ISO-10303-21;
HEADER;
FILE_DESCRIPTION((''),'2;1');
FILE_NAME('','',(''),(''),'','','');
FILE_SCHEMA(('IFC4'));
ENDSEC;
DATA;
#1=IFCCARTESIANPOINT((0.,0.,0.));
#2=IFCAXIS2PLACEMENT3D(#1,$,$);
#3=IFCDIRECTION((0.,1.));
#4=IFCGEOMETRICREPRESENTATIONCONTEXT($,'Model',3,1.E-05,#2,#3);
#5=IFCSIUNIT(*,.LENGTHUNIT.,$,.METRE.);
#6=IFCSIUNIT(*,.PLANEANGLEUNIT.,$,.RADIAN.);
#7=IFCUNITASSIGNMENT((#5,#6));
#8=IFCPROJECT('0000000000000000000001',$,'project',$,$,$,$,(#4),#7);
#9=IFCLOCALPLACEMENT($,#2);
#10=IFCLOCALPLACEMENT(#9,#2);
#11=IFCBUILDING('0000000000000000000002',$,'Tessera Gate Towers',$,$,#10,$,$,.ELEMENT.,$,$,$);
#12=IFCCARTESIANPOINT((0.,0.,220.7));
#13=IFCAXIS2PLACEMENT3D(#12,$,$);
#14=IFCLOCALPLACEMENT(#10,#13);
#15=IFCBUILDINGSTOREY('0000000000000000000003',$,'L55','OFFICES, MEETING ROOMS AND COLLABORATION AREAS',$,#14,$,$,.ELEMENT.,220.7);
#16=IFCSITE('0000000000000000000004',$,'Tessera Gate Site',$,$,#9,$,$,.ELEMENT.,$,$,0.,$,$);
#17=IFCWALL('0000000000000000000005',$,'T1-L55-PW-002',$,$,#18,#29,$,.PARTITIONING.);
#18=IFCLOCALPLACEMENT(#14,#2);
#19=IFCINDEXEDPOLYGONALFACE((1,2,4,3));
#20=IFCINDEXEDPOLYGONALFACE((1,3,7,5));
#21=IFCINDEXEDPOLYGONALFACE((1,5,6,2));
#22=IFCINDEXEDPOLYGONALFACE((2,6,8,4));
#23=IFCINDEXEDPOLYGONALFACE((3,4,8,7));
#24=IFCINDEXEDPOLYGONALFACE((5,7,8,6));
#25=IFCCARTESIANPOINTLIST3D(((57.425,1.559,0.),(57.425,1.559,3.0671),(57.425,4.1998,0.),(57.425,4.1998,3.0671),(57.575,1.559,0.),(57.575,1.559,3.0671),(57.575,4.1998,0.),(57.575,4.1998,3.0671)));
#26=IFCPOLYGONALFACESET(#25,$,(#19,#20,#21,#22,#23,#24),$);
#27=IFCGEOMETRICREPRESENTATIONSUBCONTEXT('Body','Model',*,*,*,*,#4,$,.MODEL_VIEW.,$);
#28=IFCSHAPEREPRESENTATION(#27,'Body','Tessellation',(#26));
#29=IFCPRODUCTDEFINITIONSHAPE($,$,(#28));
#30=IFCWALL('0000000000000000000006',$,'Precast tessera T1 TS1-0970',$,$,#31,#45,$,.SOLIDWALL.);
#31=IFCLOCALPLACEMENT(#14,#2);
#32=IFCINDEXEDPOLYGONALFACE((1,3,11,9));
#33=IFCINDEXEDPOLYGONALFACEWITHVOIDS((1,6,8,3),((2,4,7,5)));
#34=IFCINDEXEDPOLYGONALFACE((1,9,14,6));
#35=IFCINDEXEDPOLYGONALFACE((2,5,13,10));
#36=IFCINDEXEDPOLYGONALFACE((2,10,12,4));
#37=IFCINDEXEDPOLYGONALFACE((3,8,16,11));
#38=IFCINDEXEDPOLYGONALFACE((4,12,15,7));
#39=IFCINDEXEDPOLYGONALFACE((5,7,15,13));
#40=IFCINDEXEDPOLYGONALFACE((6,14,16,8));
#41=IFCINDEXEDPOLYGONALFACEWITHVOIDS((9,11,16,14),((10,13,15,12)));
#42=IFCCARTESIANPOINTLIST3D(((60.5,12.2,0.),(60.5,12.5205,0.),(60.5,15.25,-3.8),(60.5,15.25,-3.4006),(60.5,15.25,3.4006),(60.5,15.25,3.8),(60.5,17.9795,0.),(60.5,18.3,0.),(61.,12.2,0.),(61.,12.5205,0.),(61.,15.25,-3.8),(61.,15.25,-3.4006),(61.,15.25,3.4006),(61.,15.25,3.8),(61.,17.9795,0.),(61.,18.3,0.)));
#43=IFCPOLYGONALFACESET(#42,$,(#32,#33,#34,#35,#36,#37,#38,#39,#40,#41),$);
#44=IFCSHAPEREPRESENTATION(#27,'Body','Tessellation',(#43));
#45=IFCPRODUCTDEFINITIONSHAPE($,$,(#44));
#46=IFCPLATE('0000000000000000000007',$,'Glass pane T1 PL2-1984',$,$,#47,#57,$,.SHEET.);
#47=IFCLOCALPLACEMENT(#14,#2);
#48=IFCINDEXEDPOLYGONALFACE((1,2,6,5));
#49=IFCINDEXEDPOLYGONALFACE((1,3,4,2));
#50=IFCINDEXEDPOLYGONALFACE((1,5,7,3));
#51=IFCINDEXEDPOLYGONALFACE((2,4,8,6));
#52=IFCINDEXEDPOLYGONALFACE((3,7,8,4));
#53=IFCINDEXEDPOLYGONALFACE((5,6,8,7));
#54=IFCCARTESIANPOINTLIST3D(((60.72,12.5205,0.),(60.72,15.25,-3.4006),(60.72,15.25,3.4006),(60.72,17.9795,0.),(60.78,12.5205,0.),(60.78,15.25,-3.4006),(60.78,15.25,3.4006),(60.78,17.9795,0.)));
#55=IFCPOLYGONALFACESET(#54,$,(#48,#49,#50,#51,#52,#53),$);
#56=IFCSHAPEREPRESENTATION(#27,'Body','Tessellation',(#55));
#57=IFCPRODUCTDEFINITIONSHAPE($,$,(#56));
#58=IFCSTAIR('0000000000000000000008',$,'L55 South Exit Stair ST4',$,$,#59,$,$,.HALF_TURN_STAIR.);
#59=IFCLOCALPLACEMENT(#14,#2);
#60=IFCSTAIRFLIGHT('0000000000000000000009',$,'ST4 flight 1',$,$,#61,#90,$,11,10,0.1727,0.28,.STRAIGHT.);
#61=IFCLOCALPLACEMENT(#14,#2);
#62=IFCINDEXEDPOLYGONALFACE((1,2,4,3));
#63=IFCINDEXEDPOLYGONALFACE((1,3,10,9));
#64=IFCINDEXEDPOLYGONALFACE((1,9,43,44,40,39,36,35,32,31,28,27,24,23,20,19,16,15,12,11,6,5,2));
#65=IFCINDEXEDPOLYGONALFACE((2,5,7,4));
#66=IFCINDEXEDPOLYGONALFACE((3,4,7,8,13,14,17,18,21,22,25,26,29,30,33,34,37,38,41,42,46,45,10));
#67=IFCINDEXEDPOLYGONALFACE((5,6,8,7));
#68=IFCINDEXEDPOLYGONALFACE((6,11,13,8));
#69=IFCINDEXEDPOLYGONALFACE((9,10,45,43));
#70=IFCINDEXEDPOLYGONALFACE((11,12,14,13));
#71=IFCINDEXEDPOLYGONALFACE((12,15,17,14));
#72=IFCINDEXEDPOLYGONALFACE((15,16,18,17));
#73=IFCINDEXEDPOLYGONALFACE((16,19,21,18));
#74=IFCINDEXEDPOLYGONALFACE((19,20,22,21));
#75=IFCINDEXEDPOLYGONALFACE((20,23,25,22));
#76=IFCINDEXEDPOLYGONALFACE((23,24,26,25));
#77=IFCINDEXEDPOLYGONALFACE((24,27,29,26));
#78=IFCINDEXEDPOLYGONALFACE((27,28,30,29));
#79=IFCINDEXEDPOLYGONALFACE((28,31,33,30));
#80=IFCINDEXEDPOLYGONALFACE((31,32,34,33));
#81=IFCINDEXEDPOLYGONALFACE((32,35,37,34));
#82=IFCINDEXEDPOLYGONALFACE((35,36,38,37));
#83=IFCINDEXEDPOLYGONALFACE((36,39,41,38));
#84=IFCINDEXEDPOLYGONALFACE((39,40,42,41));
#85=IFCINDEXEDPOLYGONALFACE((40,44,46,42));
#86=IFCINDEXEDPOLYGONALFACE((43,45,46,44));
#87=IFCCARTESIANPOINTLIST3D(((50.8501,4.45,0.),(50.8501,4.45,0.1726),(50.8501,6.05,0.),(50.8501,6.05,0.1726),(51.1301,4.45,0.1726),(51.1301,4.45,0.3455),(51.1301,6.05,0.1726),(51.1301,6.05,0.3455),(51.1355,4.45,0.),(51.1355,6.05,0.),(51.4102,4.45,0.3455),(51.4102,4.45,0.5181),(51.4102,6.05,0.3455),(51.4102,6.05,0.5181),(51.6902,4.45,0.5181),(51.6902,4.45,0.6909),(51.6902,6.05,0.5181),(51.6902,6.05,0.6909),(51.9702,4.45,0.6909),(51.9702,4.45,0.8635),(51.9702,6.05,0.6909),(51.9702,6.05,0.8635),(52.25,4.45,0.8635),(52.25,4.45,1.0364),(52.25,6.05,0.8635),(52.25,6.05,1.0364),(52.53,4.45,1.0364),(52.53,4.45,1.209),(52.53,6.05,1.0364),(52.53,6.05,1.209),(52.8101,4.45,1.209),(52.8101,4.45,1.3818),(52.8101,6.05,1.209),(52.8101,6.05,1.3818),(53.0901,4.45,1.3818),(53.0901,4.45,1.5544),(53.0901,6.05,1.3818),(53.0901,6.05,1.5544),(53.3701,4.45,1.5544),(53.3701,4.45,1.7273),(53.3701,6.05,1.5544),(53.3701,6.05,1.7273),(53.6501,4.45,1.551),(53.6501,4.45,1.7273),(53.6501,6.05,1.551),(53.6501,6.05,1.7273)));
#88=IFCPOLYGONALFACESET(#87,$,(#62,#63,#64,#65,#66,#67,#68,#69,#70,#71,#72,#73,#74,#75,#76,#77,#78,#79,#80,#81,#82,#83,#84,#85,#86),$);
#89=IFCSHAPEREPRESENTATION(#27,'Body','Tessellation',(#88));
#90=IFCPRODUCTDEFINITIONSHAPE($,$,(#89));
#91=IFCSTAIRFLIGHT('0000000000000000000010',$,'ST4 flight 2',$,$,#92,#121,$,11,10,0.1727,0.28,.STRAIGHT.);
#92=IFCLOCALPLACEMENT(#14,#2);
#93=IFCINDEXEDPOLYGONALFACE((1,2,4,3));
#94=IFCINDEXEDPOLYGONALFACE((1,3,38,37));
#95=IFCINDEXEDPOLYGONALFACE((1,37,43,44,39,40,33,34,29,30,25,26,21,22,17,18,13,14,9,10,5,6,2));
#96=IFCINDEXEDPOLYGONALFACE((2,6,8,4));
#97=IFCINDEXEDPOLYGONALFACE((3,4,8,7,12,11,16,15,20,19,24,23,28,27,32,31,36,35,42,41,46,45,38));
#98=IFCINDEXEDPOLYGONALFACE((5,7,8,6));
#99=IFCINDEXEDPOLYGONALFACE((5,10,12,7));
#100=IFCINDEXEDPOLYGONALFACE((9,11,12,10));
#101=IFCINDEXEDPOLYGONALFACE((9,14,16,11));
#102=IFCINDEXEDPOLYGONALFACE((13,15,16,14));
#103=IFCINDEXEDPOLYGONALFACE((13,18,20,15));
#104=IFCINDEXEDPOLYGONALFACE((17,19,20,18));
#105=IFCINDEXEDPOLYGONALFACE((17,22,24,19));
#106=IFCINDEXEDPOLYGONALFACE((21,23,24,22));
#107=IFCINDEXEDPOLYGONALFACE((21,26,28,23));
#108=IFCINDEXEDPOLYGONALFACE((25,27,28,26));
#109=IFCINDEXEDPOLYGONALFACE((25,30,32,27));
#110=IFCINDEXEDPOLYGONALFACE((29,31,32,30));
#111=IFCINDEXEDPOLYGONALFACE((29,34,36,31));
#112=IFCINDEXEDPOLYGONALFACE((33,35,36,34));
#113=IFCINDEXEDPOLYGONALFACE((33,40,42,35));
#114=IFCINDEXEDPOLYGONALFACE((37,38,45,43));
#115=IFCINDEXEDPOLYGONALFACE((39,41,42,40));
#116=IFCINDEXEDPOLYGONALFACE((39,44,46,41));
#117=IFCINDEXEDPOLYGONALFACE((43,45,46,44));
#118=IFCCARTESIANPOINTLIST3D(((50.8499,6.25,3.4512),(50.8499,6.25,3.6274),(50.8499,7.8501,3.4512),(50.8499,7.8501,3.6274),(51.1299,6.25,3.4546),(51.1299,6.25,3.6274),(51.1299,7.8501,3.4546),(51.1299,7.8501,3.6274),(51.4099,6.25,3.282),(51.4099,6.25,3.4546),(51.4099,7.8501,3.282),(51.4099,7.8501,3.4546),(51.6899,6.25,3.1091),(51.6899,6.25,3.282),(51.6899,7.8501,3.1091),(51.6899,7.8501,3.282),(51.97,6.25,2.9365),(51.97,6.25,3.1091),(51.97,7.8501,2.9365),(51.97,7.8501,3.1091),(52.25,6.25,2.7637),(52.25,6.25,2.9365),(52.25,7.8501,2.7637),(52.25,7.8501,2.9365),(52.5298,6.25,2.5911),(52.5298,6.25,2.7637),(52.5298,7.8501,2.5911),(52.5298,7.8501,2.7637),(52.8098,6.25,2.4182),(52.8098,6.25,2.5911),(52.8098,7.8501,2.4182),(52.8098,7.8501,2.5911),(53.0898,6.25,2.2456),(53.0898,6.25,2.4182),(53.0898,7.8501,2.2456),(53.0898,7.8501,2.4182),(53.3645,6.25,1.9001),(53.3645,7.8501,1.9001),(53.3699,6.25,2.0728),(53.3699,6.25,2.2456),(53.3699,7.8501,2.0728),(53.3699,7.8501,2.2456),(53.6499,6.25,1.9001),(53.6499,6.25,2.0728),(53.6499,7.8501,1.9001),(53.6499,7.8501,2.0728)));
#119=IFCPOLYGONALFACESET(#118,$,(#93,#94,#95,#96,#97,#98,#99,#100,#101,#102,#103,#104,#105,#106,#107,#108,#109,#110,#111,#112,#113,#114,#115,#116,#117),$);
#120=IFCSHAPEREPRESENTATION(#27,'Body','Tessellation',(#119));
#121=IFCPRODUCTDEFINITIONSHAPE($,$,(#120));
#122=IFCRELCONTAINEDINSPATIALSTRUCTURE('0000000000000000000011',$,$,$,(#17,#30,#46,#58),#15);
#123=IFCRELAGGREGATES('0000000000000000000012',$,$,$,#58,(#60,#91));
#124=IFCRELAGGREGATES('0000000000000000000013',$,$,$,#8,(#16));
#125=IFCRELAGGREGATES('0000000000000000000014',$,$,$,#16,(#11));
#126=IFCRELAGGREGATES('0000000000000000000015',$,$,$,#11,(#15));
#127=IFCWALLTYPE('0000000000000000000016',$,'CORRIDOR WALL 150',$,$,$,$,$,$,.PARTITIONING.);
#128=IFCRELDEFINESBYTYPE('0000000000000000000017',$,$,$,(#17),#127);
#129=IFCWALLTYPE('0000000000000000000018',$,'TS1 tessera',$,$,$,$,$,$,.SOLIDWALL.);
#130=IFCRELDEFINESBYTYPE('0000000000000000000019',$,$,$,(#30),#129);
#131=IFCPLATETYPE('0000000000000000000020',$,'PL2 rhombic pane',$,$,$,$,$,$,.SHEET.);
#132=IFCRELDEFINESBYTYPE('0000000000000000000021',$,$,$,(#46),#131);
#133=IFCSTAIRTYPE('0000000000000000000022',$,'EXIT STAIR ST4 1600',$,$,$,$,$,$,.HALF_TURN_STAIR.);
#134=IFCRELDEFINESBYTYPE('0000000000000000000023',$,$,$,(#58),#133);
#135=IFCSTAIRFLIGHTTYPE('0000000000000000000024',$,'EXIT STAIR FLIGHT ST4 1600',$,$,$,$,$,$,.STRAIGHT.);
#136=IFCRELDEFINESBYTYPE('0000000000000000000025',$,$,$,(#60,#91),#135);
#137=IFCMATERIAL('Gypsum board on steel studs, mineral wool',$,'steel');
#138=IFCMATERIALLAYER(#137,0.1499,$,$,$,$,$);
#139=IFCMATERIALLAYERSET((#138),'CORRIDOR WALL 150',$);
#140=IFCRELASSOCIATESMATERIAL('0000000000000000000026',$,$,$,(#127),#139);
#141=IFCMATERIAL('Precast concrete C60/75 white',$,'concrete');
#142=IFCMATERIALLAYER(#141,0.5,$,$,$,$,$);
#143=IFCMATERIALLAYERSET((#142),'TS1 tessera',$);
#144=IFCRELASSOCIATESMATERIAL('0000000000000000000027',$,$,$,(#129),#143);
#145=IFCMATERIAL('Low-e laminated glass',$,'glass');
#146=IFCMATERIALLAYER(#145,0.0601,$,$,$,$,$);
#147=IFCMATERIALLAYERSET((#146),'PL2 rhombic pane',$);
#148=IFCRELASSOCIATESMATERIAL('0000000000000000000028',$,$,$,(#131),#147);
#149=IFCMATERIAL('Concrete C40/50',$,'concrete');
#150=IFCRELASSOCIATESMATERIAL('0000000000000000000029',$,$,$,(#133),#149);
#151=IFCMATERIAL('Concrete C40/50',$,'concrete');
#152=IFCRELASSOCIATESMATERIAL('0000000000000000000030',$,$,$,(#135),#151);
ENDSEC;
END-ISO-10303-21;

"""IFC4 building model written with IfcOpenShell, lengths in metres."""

from ifc_helpers import new_model, si_unit, direction, frame, frame_2d, origin, place, context, subcontext, project, spatial, polyline, rectangle, outline, extrude, source, transform, mapped, material, layer, layer_set, type_object, element, fill, aggregate, save


model = new_model("IFC4")

# Units and contexts
model_context = context("Model", 3, precision=1e-05, world=origin(), true_north=direction((0.0, 1.0)))
body_context = subcontext(model_context, "Body", "Model", "MODEL_VIEW")
ifc_project = project(units=[si_unit("LENGTHUNIT", "METRE"), si_unit("PLANEANGLEUNIT", "RADIAN")], contexts=[model_context])

# Site, building, storey
site_placement = place(None, origin())
site = spatial("IfcSite", under=ifc_project, at=site_placement, Name="Tessera Gate Site", CompositionType="ELEMENT", RefElevation=0.0)
building_placement = place(site_placement, origin())
building = spatial("IfcBuilding", under=site, at=building_placement, Name="Tessera Gate Towers", CompositionType="ELEMENT")
storey_placement = place(building_placement, frame((0.0, 0.0, 220.7)))
storey = spatial("IfcBuildingStorey", under=building, at=storey_placement, Name="L55", Description="OFFICES, MEETING ROOMS AND COLLABORATION AREAS", CompositionType="ELEMENT", Elevation=220.7)

# Wall
ifc_material_1 = material(Name="Gypsum board on steel studs, mineral wool", Category="steel")
ifc_layer_1 = layer(ifc_material_1, 0.1499)
ifc_layer_set_1 = layer_set([ifc_layer_1], Name="CORRIDOR WALL 150")
wall_type_1 = type_object("IfcWallType", Name="CORRIDOR WALL 150", PredefinedType="PARTITIONING", material=ifc_layer_set_1)
wall_1_placement = place(storey_placement, frame((57.5, 1.5591, 0.0), z_axis=(0.0, 0.0, 1.0), x_axis=(0.0, 1.0, 0.0)))
element("IfcWall", 1, at=wall_1_placement, inside=storey, type_object=wall_type_1, Name="T1-L55-PW-002", PredefinedType="PARTITIONING", context=body_context, shape_type="SweptSolid", body=[
    extrude(rectangle(XDim=2.6409, YDim=0.1499, at=frame_2d((1.3203, 0.0))), origin(), (0.0, 0.0, 1.0), 3.0671),
])

# Wall, opening, plate
ifc_material_2 = material(Name="Precast concrete C60/75 white", Category="concrete")
ifc_layer_2 = layer(ifc_material_2, 0.5)
ifc_layer_set_2 = layer_set([ifc_layer_2], Name="TS1 tessera")
wall_type_2 = type_object("IfcWallType", Name="TS1 tessera", PredefinedType="SOLIDWALL", material=ifc_layer_set_2)
shared_shape_1 = source(origin(), body_context, "Body", "SweptSolid", [
    extrude(outline(polyline([(3.05, 0.0), (6.1001, 3.8), (3.05, 7.6001), (0.0, 3.8), (3.05, 0.0)])), frame((0.0, 0.25, 0.0), z_axis=(0.0, -1.0, 0.0), x_axis=(1.0, 0.0, 0.0)), (0.0, 0.0, 1.0), 0.5),
])
wall_2_placement = place(storey_placement, frame((60.75, 12.2, -3.8), z_axis=(0.0, 0.0, 1.0), x_axis=(0.0, 1.0, 0.0)))
wall_2 = element("IfcWall", 2, at=wall_2_placement, inside=storey, type_object=wall_type_2, Name="Precast tessera T1 TS1-0970", PredefinedType="SOLIDWALL", context=body_context, shape_type="MappedRepresentation", body=[
    mapped(shared_shape_1, transform((0.0, 0.0, 0.0), scale=1.0)),
])
shared_shape_2 = source(origin(), body_context, "Body", "SweptSolid", [
    extrude(outline(polyline([(3.05, 0.3994), (5.7795, 3.8), (3.05, 7.2007), (0.3206, 3.8), (3.05, 0.3994)])), frame((0.0, 0.26, 0.0), z_axis=(0.0, -1.0, 0.0), x_axis=(1.0, 0.0, 0.0)), (0.0, 0.0, 1.0), 0.52),
])
opening_1_placement = place(wall_2_placement, origin())
opening_1 = element("IfcOpeningElement", 3, at=opening_1_placement, cuts=wall_2, PredefinedType="OPENING", context=body_context, shape_type="MappedRepresentation", body=[
    mapped(shared_shape_2, transform((0.0, 0.0, 0.0), scale=1.0)),
])
ifc_material_3 = material(Name="Low-e laminated glass", Category="glass")
ifc_layer_3 = layer(ifc_material_3, 0.0601)
ifc_layer_set_3 = layer_set([ifc_layer_3], Name="PL2 rhombic pane")
plate_type = type_object("IfcPlateType", Name="PL2 rhombic pane", PredefinedType="SHEET", material=ifc_layer_set_3)
shared_shape_3 = source(origin(), body_context, "Body", "SweptSolid", [
    extrude(outline(polyline([(3.05, 0.3994), (5.7795, 3.8), (3.05, 7.2007), (0.3206, 3.8), (3.05, 0.3994)])), frame((0.0, 0.03, 0.0), z_axis=(0.0, -1.0, 0.0), x_axis=(1.0, 0.0, 0.0)), (0.0, 0.0, 1.0), 0.0601),
])
plate_placement = place(opening_1_placement, origin())
plate = element("IfcPlate", 4, at=plate_placement, inside=storey, type_object=plate_type, Name="Glass pane T1 PL2-1984", PredefinedType="SHEET", context=body_context, shape_type="MappedRepresentation", body=[
    mapped(shared_shape_3, transform((0.0, 0.0, 0.0), scale=1.0)),
])
fill(opening_1, plate)

# Stair, stair flights
ifc_material_4 = material(Name="Concrete C40/50", Category="concrete")
stair_type = type_object("IfcStairType", Name="EXIT STAIR ST4 1600", PredefinedType="HALF_TURN_STAIR", material=ifc_material_4)
stair_placement = place(storey_placement, origin())
stair = element("IfcStair", 5, at=stair_placement, inside=storey, type_object=stair_type, Name="L55 South Exit Stair ST4", PredefinedType="HALF_TURN_STAIR")
ifc_material_5 = material(Name="Concrete C40/50", Category="concrete")
stair_flight_type = type_object("IfcStairFlightType", Name="EXIT STAIR FLIGHT ST4 1600", PredefinedType="STRAIGHT", material=ifc_material_5)
stair_flight_1_placement = place(storey_placement, frame((50.8501, 5.25, 0.0), z_axis=(0.0, 0.0, 1.0), x_axis=(1.0, 0.0, 0.0)))
stair_flight_1 = element("IfcStairFlight", 6, at=stair_flight_1_placement, type_object=stair_flight_type, Name="ST4 flight 1", NumberOfRisers=11, NumberOfTreads=10, PredefinedType="STRAIGHT", RiserHeight=0.1727, TreadLength=0.28, context=body_context, shape_type="SweptSolid", body=[
    extrude(outline(polyline([(0.0, 0.0), (0.0, 0.1726), (0.28, 0.1726), (0.28, 0.3455), (0.5601, 0.3455), (0.5601, 0.5181), (0.8401, 0.5181), (0.8401, 0.6909), (1.1201, 0.6909), (1.1201, 0.8635), (1.3999, 0.8635), (1.3999, 1.0364), (1.6799, 1.0364), (1.6799, 1.209), (1.96, 1.209), (1.96, 1.3818), (2.24, 1.3818), (2.24, 1.5544), (2.52, 1.5544), (2.52, 1.7273), (2.8, 1.7273), (2.8, 1.8999), (2.8, 1.551), (0.2854, 0.0), (0.0, 0.0)])), frame((0.0, 0.8, 0.0), z_axis=(0.0, -1.0, 0.0), x_axis=(1.0, 0.0, 0.0)), (0.0, 0.0, 1.0), 1.6001),
])
stair_flight_2_placement = place(storey_placement, frame((53.6499, 7.05, 1.9001), z_axis=(0.0, 0.0, 1.0), x_axis=(-1.0, 0.0, 0.0)))
stair_flight_2 = element("IfcStairFlight", 7, at=stair_flight_2_placement, type_object=stair_flight_type, Name="ST4 flight 2", NumberOfRisers=11, NumberOfTreads=10, PredefinedType="STRAIGHT", RiserHeight=0.1727, TreadLength=0.28, context=body_context, shape_type="SweptSolid", body=[
    extrude(outline(polyline([(0.0, 0.0), (0.0, 0.1726), (0.28, 0.1726), (0.28, 0.3455), (0.5601, 0.3455), (0.5601, 0.5181), (0.8401, 0.5181), (0.8401, 0.6909), (1.1201, 0.6909), (1.1201, 0.8635), (1.3999, 0.8635), (1.3999, 1.0364), (1.6799, 1.0364), (1.6799, 1.209), (1.96, 1.209), (1.96, 1.3818), (2.24, 1.3818), (2.24, 1.5544), (2.52, 1.5544), (2.52, 1.7273), (2.8, 1.7273), (2.8, 1.8999), (2.8, 1.551), (0.2854, 0.0), (0.0, 0.0)])), frame((0.0, 0.8, 0.0), z_axis=(0.0, -1.0, 0.0), x_axis=(1.0, 0.0, 0.0)), (0.0, 0.0, 1.0), 1.6001),
])
aggregate(stair, [stair_flight_1, stair_flight_2])

save(model, "model.ifc")
